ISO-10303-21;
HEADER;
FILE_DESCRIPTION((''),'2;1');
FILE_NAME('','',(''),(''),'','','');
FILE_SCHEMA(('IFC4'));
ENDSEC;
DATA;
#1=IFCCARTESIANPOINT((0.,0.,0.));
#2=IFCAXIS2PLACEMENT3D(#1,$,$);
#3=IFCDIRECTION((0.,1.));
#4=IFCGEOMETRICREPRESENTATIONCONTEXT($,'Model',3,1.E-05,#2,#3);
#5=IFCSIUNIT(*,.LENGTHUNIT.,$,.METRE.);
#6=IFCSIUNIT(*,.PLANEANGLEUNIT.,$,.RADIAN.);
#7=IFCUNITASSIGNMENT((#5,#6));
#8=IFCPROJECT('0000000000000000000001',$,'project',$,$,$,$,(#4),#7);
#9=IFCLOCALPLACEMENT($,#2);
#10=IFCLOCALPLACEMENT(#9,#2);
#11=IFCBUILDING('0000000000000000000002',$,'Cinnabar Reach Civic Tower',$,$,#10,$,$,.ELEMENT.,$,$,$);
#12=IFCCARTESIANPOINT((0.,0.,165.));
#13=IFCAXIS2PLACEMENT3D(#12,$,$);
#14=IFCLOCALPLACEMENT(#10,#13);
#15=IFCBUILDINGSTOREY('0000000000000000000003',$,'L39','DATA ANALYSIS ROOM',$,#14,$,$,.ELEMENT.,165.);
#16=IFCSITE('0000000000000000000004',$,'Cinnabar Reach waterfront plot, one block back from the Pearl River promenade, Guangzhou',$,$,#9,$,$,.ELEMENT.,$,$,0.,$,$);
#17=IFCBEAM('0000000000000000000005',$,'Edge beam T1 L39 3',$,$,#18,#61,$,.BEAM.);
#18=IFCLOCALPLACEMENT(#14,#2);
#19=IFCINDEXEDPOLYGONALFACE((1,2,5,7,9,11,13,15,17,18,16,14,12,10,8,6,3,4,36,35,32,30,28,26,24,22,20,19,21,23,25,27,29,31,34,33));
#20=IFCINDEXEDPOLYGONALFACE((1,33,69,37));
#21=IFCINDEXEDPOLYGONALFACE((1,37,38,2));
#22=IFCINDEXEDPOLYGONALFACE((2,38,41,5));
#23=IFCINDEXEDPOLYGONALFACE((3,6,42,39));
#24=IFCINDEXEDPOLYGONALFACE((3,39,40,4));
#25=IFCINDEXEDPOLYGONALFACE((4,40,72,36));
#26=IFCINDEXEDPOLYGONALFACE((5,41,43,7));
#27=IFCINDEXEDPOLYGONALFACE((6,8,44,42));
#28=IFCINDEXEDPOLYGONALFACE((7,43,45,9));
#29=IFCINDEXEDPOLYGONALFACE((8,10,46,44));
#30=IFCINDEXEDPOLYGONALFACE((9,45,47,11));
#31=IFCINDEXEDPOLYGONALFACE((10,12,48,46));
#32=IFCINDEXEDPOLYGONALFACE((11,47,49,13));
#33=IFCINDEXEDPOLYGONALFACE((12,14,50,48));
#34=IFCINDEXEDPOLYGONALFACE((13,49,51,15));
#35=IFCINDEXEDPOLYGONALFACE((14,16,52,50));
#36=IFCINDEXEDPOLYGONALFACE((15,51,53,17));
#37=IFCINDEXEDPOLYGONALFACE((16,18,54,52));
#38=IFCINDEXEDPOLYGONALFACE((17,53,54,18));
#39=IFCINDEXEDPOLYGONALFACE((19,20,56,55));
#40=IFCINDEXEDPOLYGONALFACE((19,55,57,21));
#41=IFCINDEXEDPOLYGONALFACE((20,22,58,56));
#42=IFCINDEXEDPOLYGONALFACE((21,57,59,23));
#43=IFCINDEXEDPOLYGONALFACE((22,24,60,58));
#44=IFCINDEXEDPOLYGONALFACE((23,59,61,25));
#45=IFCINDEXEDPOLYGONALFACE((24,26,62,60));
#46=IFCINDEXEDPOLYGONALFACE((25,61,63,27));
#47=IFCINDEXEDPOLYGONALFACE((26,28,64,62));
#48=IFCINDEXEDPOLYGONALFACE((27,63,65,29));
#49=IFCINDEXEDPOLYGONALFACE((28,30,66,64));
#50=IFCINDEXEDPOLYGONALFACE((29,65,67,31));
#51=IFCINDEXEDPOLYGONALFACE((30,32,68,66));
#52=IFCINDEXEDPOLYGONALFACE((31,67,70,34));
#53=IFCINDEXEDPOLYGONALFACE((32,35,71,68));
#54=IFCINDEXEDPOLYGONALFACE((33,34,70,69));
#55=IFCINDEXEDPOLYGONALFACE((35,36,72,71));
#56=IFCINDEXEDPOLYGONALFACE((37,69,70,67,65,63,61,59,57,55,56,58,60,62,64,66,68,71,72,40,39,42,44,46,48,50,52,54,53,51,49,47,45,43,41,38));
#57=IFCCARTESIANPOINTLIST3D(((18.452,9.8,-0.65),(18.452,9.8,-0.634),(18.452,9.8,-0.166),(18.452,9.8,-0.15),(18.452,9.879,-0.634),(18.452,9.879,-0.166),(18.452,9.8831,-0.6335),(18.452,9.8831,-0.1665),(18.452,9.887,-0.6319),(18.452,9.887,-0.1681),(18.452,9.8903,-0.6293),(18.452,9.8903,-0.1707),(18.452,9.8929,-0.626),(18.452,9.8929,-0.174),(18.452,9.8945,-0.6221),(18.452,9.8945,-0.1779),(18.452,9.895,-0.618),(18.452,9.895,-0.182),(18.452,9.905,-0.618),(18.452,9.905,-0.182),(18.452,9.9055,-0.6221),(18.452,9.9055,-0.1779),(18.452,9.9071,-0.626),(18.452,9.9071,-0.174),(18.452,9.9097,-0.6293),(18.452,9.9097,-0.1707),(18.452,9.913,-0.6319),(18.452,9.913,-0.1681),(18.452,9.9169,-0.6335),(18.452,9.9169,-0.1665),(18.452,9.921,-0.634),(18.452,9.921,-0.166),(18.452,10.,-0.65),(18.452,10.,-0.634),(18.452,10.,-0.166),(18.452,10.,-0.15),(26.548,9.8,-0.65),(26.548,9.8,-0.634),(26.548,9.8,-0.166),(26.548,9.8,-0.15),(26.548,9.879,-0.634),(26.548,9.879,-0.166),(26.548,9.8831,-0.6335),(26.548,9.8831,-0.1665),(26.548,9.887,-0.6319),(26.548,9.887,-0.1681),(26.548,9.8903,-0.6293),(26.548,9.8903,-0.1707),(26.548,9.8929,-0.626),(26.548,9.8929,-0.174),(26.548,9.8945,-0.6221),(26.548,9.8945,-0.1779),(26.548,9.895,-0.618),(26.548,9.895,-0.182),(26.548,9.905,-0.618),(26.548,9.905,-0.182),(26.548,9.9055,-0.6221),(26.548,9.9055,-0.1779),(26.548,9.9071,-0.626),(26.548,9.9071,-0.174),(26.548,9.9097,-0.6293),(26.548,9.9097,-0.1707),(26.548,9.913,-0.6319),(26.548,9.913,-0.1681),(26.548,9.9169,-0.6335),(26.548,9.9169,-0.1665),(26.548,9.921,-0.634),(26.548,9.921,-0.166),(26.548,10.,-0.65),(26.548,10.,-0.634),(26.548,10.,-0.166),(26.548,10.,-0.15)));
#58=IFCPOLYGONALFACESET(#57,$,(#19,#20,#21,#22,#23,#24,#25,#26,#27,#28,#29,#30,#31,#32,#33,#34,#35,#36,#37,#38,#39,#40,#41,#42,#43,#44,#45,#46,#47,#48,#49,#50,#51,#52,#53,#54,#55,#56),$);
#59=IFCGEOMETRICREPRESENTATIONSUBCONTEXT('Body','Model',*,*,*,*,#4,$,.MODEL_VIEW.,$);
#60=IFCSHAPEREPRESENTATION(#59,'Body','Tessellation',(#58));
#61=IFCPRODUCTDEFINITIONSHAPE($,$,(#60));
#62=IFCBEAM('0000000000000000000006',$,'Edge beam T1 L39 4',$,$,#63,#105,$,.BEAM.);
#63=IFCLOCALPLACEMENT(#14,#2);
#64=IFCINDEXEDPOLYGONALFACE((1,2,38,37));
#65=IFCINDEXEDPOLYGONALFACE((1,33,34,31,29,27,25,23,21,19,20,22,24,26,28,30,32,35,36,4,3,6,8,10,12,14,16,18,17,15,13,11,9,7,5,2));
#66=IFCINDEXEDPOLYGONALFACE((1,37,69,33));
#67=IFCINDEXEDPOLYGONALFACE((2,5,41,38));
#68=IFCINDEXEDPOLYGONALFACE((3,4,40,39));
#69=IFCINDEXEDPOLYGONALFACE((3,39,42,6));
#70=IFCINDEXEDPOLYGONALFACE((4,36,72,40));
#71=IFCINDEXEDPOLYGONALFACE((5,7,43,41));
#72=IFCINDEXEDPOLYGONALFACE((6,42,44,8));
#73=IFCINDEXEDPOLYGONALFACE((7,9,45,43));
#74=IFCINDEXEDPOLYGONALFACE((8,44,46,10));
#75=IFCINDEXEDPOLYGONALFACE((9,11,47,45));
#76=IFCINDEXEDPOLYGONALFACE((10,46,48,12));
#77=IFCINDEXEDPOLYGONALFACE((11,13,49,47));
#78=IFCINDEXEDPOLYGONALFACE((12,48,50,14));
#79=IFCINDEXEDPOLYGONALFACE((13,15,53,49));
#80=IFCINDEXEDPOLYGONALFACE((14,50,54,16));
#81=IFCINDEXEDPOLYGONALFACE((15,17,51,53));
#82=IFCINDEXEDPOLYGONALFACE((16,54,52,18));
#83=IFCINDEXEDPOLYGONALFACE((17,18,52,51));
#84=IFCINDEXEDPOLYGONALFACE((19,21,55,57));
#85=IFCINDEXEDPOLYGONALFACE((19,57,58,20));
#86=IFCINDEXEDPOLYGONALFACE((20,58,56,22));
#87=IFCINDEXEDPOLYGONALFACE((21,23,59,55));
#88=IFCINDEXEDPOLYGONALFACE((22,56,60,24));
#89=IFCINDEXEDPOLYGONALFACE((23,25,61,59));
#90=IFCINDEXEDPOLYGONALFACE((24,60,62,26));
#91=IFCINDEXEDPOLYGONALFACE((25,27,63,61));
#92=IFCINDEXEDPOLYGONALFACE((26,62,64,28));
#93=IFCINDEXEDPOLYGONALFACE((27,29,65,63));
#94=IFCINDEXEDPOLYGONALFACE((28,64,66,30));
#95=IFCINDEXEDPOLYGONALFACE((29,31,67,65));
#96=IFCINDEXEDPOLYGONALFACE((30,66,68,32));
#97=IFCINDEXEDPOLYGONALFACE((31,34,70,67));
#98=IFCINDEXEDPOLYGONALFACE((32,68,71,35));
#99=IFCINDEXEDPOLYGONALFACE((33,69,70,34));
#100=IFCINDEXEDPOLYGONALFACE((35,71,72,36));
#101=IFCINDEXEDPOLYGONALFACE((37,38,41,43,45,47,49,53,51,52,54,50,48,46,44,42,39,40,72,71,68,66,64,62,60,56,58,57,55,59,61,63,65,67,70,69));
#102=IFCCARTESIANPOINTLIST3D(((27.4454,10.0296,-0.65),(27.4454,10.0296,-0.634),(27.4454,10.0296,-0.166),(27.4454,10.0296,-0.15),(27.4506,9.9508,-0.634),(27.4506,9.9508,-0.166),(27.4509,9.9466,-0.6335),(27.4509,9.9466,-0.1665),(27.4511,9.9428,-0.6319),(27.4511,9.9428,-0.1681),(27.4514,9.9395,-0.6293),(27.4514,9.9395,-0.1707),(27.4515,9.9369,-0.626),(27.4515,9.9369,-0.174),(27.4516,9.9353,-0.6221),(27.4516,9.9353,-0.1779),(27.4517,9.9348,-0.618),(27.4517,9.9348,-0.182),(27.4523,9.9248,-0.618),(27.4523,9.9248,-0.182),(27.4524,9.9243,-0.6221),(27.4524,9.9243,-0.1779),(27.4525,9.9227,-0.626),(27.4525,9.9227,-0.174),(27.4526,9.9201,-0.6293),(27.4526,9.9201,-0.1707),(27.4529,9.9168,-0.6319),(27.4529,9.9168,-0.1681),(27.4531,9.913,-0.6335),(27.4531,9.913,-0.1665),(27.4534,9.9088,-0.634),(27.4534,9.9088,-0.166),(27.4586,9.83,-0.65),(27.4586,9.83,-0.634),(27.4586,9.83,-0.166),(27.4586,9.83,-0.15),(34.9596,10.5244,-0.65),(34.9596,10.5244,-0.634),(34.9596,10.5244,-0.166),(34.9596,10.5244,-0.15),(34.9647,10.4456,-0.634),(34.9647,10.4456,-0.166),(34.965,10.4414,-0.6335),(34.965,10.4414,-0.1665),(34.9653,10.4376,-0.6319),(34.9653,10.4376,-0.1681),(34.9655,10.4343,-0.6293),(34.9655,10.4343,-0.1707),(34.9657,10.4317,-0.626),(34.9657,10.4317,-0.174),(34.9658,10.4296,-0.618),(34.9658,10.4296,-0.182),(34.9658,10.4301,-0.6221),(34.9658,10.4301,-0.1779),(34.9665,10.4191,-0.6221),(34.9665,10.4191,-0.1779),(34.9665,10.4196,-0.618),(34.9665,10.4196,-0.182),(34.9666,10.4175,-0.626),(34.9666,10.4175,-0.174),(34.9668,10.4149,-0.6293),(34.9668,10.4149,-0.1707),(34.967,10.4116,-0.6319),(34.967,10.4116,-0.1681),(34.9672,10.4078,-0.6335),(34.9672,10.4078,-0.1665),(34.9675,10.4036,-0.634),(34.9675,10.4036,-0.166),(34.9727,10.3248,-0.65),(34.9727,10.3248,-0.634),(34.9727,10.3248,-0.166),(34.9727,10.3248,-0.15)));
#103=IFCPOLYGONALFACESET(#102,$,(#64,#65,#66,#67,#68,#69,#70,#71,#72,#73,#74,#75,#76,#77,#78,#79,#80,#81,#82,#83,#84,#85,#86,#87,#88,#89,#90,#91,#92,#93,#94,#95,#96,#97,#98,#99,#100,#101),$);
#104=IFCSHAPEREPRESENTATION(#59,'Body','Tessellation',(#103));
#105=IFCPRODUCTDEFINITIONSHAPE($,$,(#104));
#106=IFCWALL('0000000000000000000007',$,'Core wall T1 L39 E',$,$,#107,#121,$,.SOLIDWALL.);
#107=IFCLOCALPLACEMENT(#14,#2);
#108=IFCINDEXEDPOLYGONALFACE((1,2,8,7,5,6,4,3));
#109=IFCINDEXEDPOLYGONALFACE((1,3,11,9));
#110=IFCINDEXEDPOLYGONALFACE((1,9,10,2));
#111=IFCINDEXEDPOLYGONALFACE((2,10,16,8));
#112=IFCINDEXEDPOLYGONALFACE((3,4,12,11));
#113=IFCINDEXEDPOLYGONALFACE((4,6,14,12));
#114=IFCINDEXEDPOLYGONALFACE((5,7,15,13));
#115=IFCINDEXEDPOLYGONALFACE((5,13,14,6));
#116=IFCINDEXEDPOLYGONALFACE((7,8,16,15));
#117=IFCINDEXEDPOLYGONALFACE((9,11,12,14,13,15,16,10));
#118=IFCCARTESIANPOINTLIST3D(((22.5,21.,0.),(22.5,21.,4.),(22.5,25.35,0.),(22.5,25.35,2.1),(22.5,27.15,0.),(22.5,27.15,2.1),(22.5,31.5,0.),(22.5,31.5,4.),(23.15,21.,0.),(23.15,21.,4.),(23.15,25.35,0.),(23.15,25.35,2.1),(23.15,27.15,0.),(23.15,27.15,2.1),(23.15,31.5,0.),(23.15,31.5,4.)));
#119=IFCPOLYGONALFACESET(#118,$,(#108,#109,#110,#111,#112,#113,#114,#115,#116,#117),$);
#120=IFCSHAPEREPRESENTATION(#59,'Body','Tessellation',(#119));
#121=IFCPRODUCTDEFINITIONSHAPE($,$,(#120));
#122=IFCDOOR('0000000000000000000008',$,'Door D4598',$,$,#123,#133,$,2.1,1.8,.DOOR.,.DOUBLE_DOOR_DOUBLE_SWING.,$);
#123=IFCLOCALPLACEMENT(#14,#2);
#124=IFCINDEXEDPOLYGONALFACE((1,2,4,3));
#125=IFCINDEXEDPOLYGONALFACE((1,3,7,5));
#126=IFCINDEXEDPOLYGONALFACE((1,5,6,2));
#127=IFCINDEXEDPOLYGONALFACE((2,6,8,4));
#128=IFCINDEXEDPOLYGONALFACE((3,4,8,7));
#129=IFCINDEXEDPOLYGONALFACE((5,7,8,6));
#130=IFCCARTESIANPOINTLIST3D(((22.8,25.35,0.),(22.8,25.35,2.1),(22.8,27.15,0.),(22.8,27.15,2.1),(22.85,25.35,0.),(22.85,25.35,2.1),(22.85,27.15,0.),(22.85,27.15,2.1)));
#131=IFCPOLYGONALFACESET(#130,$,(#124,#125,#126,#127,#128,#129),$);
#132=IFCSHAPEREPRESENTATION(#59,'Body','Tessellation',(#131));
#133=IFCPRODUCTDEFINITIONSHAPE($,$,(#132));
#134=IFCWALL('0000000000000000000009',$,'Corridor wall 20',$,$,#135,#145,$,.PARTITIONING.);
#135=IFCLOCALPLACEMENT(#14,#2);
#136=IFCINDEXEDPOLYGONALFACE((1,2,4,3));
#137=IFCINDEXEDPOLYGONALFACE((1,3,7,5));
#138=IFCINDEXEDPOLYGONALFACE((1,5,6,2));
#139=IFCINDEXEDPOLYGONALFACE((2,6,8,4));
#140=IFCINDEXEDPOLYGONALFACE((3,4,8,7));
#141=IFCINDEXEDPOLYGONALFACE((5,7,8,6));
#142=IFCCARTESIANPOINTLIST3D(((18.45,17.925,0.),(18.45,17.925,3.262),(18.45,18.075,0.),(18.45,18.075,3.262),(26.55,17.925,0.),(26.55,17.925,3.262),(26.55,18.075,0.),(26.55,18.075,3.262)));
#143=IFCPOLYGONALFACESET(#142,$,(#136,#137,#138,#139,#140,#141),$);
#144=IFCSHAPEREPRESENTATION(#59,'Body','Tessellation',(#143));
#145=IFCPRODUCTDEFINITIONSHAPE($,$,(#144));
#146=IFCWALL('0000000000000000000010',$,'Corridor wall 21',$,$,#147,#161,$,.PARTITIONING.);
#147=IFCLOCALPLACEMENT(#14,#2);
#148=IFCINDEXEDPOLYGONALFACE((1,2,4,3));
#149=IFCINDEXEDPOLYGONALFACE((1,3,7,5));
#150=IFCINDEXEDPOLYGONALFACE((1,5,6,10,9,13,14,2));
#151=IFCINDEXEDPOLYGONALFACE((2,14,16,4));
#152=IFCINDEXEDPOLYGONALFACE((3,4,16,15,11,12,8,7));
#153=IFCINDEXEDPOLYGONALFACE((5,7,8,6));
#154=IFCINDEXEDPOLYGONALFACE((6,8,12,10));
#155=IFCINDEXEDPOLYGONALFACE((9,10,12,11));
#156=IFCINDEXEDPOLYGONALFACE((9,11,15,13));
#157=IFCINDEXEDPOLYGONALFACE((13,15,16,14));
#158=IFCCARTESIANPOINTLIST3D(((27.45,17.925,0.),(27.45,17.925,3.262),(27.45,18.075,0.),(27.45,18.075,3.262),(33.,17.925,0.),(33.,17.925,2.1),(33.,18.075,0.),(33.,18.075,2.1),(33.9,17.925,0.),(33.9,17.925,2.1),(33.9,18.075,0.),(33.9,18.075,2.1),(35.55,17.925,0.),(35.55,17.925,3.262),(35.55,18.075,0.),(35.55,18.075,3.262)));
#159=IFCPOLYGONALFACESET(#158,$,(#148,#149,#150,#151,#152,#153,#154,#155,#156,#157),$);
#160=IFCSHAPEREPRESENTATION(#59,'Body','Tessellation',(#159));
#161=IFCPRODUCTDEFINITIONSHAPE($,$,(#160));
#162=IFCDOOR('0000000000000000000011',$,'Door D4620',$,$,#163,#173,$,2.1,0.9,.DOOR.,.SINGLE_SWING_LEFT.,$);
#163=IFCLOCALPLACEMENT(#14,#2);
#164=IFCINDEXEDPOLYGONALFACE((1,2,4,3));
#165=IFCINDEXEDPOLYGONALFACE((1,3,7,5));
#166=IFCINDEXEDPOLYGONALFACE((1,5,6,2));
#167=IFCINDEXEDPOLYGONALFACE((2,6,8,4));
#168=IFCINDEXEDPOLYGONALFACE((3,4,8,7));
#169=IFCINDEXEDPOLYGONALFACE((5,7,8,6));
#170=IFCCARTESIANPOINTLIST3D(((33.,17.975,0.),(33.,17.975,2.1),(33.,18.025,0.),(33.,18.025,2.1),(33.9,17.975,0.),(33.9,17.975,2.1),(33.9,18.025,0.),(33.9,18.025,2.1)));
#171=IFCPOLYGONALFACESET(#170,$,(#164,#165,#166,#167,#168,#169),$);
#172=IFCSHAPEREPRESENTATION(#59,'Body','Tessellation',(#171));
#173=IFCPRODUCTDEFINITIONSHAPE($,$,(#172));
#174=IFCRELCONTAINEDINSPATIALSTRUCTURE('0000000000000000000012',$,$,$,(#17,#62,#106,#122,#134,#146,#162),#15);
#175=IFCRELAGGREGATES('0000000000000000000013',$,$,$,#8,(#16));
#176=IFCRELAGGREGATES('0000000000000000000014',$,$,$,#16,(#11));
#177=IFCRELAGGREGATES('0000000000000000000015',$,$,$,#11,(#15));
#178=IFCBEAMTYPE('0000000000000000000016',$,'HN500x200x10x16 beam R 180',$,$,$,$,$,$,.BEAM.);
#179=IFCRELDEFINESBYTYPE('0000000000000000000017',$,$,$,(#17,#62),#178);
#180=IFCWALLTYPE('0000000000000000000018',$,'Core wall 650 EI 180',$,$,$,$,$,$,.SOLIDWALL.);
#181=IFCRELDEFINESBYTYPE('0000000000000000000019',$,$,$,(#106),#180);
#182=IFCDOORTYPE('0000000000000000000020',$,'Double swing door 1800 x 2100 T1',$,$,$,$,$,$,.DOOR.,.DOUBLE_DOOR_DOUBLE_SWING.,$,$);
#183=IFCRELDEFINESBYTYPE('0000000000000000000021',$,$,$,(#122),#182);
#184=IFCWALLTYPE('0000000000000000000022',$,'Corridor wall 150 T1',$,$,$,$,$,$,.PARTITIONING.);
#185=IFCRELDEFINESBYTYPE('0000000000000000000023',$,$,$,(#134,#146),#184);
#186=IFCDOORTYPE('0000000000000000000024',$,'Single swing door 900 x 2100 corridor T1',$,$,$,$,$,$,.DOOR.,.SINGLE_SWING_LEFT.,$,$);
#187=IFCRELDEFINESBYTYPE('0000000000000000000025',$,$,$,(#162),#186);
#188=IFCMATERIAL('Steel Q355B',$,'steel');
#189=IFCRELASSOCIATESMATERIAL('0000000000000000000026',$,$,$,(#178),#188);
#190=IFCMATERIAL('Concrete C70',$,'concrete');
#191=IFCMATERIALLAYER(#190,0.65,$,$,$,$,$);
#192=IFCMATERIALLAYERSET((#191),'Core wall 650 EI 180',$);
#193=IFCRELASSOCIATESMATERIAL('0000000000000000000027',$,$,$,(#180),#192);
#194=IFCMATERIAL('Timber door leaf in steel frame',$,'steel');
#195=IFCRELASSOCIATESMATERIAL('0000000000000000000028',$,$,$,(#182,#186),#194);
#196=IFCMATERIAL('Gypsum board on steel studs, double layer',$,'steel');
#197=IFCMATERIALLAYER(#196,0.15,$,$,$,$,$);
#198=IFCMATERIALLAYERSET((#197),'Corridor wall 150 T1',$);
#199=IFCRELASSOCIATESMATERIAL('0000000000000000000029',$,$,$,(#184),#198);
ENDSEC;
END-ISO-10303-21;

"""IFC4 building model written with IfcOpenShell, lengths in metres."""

from ifc_helpers import new_model, si_unit, direction, frame, frame_2d, origin, origin_2d, place, context, subcontext, project, spatial, rectangle, i_section, extrude, material, layer, layer_set, material_profile, profile_set, type_object, element, fill, save


model = new_model("IFC4")

# Units and contexts
model_context = context("Model", 3, precision=1e-05, world=origin(), true_north=direction((0.0, 1.0)))
body_context = subcontext(model_context, "Body", "Model", "MODEL_VIEW")
ifc_project = project(units=[si_unit("LENGTHUNIT", "METRE"), si_unit("PLANEANGLEUNIT", "RADIAN")], contexts=[model_context])

# Site, building, storey
site_placement = place(None, origin())
site = spatial("IfcSite", under=ifc_project, at=site_placement, Name="Cinnabar Reach waterfront plot, one block back from the Pearl River promenade, Guangzhou", CompositionType="ELEMENT", RefElevation=0.0)
building_placement = place(site_placement, origin())
building = spatial("IfcBuilding", under=site, at=building_placement, Name="Cinnabar Reach Civic Tower", CompositionType="ELEMENT")
storey_placement = place(building_placement, frame((0.0, 0.0, 165.0)))
storey = spatial("IfcBuildingStorey", under=building, at=storey_placement, Name="L39", Description="DATA ANALYSIS ROOM", CompositionType="ELEMENT", Elevation=165.0)

# Shared definitions
ifc_material_1 = material(Name="Concrete C70", Category="concrete")

# Beams
ifc_material_2 = material(Name="Steel Q355B", Category="steel")
ifc_material_profile_1 = material_profile(ifc_material_2, i_section(OverallWidth=0.2, OverallDepth=0.5, WebThickness=0.01, FlangeThickness=0.016, FilletRadius=0.016, at=origin_2d()), Name="HN500x200x10x16")
ifc_profile_set_1 = profile_set([ifc_material_profile_1], Name="Steel Q355B")
beam_type_1 = type_object("IfcBeamType", Name="HN500x200x10x16 beam R 180", PredefinedType="BEAM", material=ifc_profile_set_1)
beam_1_placement = place(storey_placement, frame((18.452, 9.9, -0.4), z_axis=(1.0, 0.0, 0.0), x_axis=(0.0, 1.0, 0.0)))
element("IfcBeam", 1, at=beam_1_placement, inside=storey, type_object=beam_type_1, Name="Edge beam T1 L39 3", PredefinedType="BEAM", context=body_context, shape_type="SweptSolid", body=[
    extrude(i_section(OverallWidth=0.2, OverallDepth=0.5, WebThickness=0.01, FlangeThickness=0.016, FilletRadius=0.016, at=origin_2d()), origin(), (0.0, 0.0, 1.0), 8.096),
])
beam_2_placement = place(storey_placement, frame((27.452, 9.9298, -0.4), z_axis=(0.997839, 0.065707, 0.0), x_axis=(-0.065707, 0.997839, 0.0)))
element("IfcBeam", 2, at=beam_2_placement, inside=storey, type_object=beam_type_1, Name="Edge beam T1 L39 4", PredefinedType="BEAM", context=body_context, shape_type="SweptSolid", body=[
    extrude(i_section(OverallWidth=0.2, OverallDepth=0.5, WebThickness=0.01, FlangeThickness=0.016, FilletRadius=0.016, at=origin_2d()), origin(), (0.0, 0.0, 1.0), 7.5304),
])

# Wall, opening, door
ifc_layer_1 = layer(ifc_material_1, 0.65)
ifc_layer_set_1 = layer_set([ifc_layer_1], Name="Core wall 650 EI 180")
wall_type_1 = type_object("IfcWallType", Name="Core wall 650 EI 180", PredefinedType="SOLIDWALL", material=ifc_layer_set_1)
wall_1_placement = place(storey_placement, frame((22.825, 21.0, 0.0), z_axis=(0.0, 0.0, 1.0), x_axis=(0.0, 1.0, 0.0)))
wall_1 = element("IfcWall", 3, at=wall_1_placement, inside=storey, type_object=wall_type_1, Name="Core wall T1 L39 E", PredefinedType="SOLIDWALL", context=body_context, shape_type="SweptSolid", body=[
    extrude(rectangle(XDim=10.5, YDim=0.65, at=frame_2d((5.25, 0.0))), origin(), (0.0, 0.0, 1.0), 4.0),
])
opening_1_placement = place(wall_1_placement, frame((4.35, 0.0, 0.0)))
opening_1 = element("IfcOpeningElement", 4, at=opening_1_placement, cuts=wall_1, PredefinedType="OPENING", context=body_context, shape_type="SweptSolid", body=[
    extrude(rectangle(XDim=1.8, YDim=2.1, at=frame_2d((0.9, 1.05))), frame((0.0, 0.335, 0.0), z_axis=(0.0, -1.0, 0.0), x_axis=(1.0, 0.0, 0.0)), (0.0, 0.0, 1.0), 0.67),
])
ifc_material_3 = material(Name="Timber door leaf in steel frame", Category="steel")
door_type_1 = type_object("IfcDoorType", Name="Double swing door 1800 x 2100 T1", OperationType="DOUBLE_DOOR_DOUBLE_SWING", PredefinedType="DOOR", material=ifc_material_3)
door_1_placement = place(opening_1_placement, origin())
door_1 = element("IfcDoor", 5, at=door_1_placement, inside=storey, type_object=door_type_1, Name="Door D4598", OperationType="DOUBLE_DOOR_DOUBLE_SWING", OverallHeight=2.1, OverallWidth=1.8, PredefinedType="DOOR", context=body_context, shape_type="SweptSolid", body=[
    extrude(rectangle(XDim=1.8, YDim=2.1, at=frame_2d((0.9, 1.05))), frame((0.0, 0.025, 0.0), z_axis=(0.0, -1.0, 0.0), x_axis=(1.0, 0.0, 0.0)), (0.0, 0.0, 1.0), 0.05),
])
fill(opening_1, door_1)

# Wall
ifc_material_4 = material(Name="Gypsum board on steel studs, double layer", Category="steel")
ifc_layer_2 = layer(ifc_material_4, 0.15)
ifc_layer_set_2 = layer_set([ifc_layer_2], Name="Corridor wall 150 T1")
wall_type_2 = type_object("IfcWallType", Name="Corridor wall 150 T1", PredefinedType="PARTITIONING", material=ifc_layer_set_2)
wall_2_placement = place(storey_placement, frame((18.45, 18.0, 0.0), z_axis=(0.0, 0.0, 1.0), x_axis=(1.0, 0.0, 0.0)))
element("IfcWall", 6, at=wall_2_placement, inside=storey, type_object=wall_type_2, Name="Corridor wall 20", PredefinedType="PARTITIONING", context=body_context, shape_type="SweptSolid", body=[
    extrude(rectangle(XDim=8.1, YDim=0.15, at=frame_2d((4.05, 0.0))), origin(), (0.0, 0.0, 1.0), 3.262),
])

# Wall, opening, door
wall_3_placement = place(storey_placement, frame((27.45, 18.0, 0.0), z_axis=(0.0, 0.0, 1.0), x_axis=(1.0, 0.0, 0.0)))
wall_3 = element("IfcWall", 7, at=wall_3_placement, inside=storey, type_object=wall_type_2, Name="Corridor wall 21", PredefinedType="PARTITIONING", context=body_context, shape_type="SweptSolid", body=[
    extrude(rectangle(XDim=8.1, YDim=0.15, at=frame_2d((4.05, 0.0))), origin(), (0.0, 0.0, 1.0), 3.262),
])
opening_2_placement = place(wall_3_placement, frame((5.55, 0.0, 0.0)))
opening_2 = element("IfcOpeningElement", 8, at=opening_2_placement, cuts=wall_3, PredefinedType="OPENING", context=body_context, shape_type="SweptSolid", body=[
    extrude(rectangle(XDim=0.9, YDim=2.1, at=frame_2d((0.45, 1.05))), frame((0.0, 0.085, 0.0), z_axis=(0.0, -1.0, 0.0), x_axis=(1.0, 0.0, 0.0)), (0.0, 0.0, 1.0), 0.17),
])
door_type_2 = type_object("IfcDoorType", Name="Single swing door 900 x 2100 corridor T1", OperationType="SINGLE_SWING_LEFT", PredefinedType="DOOR", material=ifc_material_3)
door_2_placement = place(opening_2_placement, frame((0.9, 0.0, 0.0), z_axis=(0.0, 0.0, 1.0), x_axis=(-1.0, 0.0, 0.0)))
door_2 = element("IfcDoor", 9, at=door_2_placement, inside=storey, type_object=door_type_2, Name="Door D4620", OperationType="SINGLE_SWING_LEFT", OverallHeight=2.1, OverallWidth=0.9, PredefinedType="DOOR", context=body_context, shape_type="SweptSolid", body=[
    extrude(rectangle(XDim=0.9, YDim=2.1, at=frame_2d((0.45, 1.05))), frame((0.0, 0.025, 0.0), z_axis=(0.0, -1.0, 0.0), x_axis=(1.0, 0.0, 0.0)), (0.0, 0.0, 1.0), 0.05),
])
fill(opening_2, door_2)

save(model, "model.ifc")
